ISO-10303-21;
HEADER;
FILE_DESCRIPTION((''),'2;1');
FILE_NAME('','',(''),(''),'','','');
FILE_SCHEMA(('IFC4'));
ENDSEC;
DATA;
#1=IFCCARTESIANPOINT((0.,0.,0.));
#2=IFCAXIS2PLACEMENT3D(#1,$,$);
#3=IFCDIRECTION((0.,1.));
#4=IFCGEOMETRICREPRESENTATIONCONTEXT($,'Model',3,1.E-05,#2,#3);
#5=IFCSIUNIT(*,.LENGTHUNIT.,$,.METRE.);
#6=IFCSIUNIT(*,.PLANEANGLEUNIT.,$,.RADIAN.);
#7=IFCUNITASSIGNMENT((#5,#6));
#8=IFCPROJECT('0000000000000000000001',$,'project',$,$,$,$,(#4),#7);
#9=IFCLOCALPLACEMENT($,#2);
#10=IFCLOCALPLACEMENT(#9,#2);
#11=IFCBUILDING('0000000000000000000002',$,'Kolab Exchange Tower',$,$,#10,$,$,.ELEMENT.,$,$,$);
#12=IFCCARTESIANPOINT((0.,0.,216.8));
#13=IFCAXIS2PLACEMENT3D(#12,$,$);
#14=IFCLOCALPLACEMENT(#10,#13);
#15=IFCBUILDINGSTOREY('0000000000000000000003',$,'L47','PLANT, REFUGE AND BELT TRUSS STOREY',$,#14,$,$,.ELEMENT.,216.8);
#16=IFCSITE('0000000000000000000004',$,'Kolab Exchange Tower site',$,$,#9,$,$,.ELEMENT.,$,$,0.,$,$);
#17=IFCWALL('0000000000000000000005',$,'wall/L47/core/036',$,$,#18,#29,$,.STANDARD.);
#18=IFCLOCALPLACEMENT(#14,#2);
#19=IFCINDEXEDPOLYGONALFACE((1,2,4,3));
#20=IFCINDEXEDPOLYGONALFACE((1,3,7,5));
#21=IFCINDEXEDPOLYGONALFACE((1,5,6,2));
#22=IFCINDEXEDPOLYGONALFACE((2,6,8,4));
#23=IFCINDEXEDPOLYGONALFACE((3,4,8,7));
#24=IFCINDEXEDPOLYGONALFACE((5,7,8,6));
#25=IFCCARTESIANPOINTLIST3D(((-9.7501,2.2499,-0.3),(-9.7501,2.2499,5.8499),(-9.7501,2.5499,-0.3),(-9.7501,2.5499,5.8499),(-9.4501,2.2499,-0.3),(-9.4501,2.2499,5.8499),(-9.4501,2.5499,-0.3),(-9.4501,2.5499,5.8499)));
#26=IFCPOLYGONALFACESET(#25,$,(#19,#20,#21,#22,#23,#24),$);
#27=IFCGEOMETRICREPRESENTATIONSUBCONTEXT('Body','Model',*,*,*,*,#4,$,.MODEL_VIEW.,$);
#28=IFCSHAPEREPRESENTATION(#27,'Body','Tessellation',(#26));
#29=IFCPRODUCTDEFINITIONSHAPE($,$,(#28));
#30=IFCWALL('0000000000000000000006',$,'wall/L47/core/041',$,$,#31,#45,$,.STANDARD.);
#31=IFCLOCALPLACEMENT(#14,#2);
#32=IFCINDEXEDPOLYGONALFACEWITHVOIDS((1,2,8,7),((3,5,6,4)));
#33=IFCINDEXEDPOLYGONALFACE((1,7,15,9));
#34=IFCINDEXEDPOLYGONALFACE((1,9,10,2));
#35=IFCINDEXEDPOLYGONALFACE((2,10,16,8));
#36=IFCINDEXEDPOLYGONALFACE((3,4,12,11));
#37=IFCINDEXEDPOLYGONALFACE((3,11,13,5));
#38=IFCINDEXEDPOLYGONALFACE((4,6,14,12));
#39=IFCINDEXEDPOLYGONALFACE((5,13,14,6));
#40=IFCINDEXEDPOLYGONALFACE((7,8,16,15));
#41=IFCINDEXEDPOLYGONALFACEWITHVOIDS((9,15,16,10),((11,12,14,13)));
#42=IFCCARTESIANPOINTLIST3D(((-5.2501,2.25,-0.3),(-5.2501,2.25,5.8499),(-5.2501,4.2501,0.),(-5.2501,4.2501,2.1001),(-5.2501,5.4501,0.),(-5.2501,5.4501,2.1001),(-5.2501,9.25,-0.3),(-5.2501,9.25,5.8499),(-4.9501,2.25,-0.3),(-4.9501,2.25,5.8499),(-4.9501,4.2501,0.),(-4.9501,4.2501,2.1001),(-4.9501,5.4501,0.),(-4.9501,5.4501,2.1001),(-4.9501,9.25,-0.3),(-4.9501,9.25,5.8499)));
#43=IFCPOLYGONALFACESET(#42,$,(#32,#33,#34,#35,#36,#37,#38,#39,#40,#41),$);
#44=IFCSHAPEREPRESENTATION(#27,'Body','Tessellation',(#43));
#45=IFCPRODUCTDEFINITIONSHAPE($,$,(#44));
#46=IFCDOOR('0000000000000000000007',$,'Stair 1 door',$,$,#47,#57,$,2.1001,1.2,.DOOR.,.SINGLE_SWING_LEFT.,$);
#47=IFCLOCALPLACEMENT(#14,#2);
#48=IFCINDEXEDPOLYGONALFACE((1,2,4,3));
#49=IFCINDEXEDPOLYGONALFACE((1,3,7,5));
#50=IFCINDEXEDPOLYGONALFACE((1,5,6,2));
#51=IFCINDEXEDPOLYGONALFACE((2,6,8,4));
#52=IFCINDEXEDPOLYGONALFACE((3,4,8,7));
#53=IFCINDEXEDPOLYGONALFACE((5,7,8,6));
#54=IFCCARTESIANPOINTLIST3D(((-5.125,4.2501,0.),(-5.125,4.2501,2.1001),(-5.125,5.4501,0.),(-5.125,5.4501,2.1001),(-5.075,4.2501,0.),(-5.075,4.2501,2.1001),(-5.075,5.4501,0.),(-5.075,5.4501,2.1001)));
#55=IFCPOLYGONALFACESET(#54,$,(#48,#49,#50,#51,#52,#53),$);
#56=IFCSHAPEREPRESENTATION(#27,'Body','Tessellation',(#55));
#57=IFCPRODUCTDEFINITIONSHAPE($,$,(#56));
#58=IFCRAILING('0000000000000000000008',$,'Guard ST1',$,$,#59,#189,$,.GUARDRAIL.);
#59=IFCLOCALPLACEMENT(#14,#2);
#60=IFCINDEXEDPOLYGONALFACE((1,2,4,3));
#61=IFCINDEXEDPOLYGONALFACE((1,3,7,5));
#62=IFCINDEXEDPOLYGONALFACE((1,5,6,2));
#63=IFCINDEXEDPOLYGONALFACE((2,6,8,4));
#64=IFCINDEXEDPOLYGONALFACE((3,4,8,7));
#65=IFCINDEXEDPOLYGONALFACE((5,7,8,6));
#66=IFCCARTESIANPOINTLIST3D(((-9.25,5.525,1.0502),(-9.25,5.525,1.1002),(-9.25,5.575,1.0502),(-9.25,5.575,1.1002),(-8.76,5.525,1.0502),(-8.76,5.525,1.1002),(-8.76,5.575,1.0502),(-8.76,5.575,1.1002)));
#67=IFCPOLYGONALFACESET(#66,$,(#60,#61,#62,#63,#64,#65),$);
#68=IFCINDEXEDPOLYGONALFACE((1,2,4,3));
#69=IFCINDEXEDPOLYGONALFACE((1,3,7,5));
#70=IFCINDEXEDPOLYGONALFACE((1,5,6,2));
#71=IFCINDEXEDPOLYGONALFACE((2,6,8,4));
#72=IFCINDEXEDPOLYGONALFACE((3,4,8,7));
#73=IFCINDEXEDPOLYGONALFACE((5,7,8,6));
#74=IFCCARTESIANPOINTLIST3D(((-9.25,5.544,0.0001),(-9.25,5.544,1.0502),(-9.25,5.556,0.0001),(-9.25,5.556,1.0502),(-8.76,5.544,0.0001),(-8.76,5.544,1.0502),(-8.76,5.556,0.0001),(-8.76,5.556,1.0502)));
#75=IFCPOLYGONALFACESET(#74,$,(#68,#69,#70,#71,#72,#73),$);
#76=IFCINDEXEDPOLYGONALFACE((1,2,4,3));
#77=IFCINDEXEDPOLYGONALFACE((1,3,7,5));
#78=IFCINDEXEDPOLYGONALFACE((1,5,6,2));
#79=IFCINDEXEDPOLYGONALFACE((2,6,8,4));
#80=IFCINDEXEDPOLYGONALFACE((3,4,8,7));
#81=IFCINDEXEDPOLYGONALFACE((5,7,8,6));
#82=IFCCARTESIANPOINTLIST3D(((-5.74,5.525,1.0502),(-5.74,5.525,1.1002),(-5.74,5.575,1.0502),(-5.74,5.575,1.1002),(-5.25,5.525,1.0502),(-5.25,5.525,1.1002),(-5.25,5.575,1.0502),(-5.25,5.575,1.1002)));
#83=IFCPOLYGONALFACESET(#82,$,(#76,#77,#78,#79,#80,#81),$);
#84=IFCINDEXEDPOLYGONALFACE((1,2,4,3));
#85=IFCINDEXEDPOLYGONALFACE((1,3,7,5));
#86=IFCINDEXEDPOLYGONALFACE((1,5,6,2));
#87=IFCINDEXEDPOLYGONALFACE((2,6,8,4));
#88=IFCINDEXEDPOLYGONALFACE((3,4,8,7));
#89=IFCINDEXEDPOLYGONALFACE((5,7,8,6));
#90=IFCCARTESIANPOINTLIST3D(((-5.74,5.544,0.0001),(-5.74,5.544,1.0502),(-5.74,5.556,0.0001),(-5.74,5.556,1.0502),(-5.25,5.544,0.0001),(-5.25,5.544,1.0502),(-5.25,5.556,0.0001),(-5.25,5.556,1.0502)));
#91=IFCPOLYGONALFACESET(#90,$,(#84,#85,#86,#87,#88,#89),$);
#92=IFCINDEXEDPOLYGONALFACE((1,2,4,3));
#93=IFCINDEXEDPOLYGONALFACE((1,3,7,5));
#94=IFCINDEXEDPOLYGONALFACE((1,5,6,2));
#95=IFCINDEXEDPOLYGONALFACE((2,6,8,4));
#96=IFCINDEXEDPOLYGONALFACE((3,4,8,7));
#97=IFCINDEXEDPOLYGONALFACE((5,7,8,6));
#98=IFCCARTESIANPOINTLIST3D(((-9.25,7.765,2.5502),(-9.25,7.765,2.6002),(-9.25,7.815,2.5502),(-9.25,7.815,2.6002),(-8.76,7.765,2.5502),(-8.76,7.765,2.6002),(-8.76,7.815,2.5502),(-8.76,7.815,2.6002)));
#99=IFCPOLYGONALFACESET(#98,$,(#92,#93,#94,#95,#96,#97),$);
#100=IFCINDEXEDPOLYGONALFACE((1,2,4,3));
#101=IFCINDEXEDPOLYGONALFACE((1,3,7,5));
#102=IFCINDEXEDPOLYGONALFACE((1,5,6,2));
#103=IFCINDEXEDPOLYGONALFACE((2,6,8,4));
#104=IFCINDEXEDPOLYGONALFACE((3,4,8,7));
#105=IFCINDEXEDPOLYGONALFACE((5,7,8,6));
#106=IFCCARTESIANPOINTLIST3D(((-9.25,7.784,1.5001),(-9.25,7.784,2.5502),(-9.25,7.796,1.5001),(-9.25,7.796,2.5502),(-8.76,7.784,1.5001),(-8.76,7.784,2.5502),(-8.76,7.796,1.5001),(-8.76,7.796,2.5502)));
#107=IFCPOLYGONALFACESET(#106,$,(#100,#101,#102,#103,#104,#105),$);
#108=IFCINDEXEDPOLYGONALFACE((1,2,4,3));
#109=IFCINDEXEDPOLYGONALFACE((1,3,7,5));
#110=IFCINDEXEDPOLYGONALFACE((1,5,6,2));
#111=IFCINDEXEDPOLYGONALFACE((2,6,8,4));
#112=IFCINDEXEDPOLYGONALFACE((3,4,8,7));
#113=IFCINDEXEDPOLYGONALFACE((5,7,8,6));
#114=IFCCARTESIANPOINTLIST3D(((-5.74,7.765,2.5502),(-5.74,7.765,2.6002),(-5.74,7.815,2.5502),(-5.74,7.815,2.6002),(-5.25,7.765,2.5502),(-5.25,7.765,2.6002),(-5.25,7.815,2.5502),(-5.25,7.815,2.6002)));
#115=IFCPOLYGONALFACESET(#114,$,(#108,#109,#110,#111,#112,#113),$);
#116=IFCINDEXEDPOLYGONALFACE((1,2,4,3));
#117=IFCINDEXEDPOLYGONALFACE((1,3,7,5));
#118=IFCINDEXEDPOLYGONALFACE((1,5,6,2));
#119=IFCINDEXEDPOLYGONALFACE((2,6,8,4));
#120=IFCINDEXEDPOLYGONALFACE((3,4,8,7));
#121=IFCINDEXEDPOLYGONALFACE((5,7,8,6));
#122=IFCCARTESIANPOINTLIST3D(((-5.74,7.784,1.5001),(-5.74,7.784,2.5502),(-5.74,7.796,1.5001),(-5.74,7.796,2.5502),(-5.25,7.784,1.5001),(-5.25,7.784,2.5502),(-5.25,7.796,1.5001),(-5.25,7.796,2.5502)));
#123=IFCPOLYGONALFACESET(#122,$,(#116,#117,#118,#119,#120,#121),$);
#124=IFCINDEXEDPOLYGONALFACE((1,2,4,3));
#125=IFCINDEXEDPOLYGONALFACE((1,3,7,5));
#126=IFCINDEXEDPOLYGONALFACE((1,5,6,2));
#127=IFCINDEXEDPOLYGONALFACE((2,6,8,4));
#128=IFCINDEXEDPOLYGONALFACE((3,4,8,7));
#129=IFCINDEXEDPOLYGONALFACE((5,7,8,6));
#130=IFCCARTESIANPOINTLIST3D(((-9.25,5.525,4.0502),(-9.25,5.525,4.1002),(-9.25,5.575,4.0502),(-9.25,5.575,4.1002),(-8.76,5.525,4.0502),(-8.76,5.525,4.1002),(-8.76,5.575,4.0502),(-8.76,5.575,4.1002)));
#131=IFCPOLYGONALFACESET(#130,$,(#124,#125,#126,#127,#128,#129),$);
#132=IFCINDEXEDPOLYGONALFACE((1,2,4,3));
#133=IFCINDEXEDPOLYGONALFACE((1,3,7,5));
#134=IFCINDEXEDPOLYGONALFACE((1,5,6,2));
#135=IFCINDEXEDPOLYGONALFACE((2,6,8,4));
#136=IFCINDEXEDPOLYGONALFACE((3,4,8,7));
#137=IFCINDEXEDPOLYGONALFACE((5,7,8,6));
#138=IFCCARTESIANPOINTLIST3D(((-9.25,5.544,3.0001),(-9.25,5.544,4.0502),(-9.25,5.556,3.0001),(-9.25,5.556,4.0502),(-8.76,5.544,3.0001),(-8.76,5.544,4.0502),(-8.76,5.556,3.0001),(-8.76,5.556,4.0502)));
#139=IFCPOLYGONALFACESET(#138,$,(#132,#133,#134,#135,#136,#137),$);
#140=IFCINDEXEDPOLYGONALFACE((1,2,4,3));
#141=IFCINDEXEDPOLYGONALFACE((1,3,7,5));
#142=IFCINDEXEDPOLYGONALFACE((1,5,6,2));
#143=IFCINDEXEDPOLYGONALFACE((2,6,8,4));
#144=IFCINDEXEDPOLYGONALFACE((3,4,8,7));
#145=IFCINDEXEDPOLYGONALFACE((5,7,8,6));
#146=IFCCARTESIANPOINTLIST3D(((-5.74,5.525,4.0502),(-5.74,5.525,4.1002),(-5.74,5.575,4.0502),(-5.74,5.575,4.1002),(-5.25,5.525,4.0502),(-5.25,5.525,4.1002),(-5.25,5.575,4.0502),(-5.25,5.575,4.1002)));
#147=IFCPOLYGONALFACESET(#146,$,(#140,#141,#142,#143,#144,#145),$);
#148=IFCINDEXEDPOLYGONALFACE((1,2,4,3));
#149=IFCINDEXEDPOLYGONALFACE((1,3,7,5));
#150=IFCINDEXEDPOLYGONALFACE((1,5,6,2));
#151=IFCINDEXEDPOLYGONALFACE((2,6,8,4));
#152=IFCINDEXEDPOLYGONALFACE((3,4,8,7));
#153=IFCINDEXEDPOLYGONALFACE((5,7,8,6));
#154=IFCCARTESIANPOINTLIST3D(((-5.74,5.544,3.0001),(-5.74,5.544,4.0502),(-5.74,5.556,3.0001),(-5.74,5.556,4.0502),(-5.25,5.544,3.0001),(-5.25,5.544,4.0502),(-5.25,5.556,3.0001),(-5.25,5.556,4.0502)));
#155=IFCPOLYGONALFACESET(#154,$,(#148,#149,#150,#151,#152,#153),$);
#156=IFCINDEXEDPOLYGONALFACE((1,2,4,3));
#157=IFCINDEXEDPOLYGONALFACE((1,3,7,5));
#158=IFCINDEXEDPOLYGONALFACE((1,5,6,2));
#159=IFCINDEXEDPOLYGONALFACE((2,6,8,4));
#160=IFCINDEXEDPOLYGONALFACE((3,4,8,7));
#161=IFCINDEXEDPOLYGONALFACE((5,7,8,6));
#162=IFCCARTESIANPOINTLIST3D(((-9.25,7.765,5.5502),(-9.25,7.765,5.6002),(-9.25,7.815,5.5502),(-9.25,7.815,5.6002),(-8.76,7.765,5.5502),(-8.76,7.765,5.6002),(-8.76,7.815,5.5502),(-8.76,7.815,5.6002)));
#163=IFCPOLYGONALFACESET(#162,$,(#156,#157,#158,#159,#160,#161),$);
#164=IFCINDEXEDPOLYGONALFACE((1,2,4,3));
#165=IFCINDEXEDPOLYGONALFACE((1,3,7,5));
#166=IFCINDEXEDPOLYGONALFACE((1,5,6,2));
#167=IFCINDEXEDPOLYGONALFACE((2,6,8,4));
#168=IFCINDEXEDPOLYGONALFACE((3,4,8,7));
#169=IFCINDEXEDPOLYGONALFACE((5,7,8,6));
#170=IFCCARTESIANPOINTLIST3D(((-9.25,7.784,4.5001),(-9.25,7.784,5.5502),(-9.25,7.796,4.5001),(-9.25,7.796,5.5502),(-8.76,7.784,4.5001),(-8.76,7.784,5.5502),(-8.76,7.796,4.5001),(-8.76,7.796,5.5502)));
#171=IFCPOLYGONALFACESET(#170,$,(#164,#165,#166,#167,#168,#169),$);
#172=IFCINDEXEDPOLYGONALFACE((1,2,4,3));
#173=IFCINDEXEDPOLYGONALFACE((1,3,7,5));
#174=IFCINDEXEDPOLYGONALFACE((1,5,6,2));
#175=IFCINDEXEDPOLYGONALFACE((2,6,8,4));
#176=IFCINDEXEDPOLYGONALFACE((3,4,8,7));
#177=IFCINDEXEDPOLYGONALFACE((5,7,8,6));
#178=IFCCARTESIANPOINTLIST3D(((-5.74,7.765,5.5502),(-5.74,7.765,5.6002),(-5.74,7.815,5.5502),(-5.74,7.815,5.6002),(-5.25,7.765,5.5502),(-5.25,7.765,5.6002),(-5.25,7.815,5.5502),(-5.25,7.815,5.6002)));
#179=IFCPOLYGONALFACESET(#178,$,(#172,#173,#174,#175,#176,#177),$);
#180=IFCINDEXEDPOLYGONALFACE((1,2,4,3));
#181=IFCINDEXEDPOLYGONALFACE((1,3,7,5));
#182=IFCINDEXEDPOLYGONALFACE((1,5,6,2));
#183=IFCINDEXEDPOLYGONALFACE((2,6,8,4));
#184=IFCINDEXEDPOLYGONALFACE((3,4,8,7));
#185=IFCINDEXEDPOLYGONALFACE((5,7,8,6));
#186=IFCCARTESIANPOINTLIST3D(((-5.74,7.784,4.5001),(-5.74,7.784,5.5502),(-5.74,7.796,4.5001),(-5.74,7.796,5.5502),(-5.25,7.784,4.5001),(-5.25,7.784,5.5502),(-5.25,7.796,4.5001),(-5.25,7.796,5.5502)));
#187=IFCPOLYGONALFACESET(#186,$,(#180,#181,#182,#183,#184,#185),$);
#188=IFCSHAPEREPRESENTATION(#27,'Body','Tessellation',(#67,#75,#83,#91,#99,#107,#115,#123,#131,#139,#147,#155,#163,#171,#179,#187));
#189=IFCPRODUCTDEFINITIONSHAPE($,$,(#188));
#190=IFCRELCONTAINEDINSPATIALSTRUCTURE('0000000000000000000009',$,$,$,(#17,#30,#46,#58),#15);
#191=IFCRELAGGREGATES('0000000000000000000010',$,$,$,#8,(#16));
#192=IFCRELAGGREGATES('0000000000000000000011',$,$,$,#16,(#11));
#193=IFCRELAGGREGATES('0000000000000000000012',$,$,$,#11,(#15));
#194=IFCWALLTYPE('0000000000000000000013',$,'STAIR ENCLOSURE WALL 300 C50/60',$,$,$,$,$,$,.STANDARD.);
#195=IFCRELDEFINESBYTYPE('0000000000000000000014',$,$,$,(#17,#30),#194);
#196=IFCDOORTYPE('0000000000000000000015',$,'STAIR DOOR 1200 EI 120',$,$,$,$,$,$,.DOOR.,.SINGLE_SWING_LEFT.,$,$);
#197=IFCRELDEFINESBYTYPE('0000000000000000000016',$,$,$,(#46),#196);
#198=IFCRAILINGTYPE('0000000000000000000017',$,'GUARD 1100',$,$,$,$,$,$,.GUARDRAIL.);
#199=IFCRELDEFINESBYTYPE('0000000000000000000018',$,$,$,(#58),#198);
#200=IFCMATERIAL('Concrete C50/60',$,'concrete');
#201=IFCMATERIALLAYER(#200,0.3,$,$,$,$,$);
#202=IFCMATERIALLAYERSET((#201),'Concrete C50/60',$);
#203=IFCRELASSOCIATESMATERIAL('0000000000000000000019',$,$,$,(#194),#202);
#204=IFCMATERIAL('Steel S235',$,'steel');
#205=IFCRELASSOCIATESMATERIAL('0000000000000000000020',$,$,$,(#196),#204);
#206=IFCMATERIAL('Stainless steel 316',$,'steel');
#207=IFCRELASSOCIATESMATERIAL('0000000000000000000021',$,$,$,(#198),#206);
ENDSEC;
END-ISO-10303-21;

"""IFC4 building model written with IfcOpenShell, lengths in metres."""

from ifc_helpers import new_model, si_unit, direction, frame, frame_2d, origin, origin_2d, place, context, subcontext, project, spatial, rectangle, extrude, material, layer, layer_set, type_object, element, fill, save


model = new_model("IFC4")

# Units and contexts
model_context = context("Model", 3, precision=1e-05, world=origin(), true_north=direction((0.0, 1.0)))
body_context = subcontext(model_context, "Body", "Model", "MODEL_VIEW")
ifc_project = project(units=[si_unit("LENGTHUNIT", "METRE"), si_unit("PLANEANGLEUNIT", "RADIAN")], contexts=[model_context])

# Site, building, storey
site_placement = place(None, origin())
site = spatial("IfcSite", under=ifc_project, at=site_placement, Name="Kolab Exchange Tower site", CompositionType="ELEMENT", RefElevation=0.0)
building_placement = place(site_placement, origin())
building = spatial("IfcBuilding", under=site, at=building_placement, Name="Kolab Exchange Tower", CompositionType="ELEMENT")
storey_placement = place(building_placement, frame((0.0, 0.0, 216.8)))
storey = spatial("IfcBuildingStorey", under=building, at=storey_placement, Name="L47", Description="PLANT, REFUGE AND BELT TRUSS STOREY", CompositionType="ELEMENT", Elevation=216.8)

# Shared definitions
ifc_material_1 = material(Name="Steel S235", Category="steel")

# Shared definitions
ifc_material_2 = material(Name="Concrete C50/60", Category="concrete")

# Shared definitions
ifc_layer_1 = layer(ifc_material_2, 0.3)
ifc_layer_set_1 = layer_set([ifc_layer_1], Name="Concrete C50/60")
wall_type_1 = type_object("IfcWallType", Name="STAIR ENCLOSURE WALL 300 C50/60", PredefinedType="STANDARD", material=ifc_layer_set_1)

# Shared definitions
door_type_1 = type_object("IfcDoorType", Name="STAIR DOOR 1200 EI 120", OperationType="SINGLE_SWING_LEFT", PredefinedType="DOOR", material=ifc_material_1)

# Wall
wall_1_placement = place(storey_placement, frame((-9.6001, 2.25, -0.3), z_axis=(0.0, 0.0, 1.0), x_axis=(0.0, 1.0, 0.0)))
element("IfcWall", 1, at=wall_1_placement, inside=storey, type_object=wall_type_1, Name="wall/L47/core/036", PredefinedType="STANDARD", context=body_context, shape_type="SweptSolid", body=[
    extrude(rectangle(XDim=0.3, YDim=0.3, at=frame_2d((0.1499, 0.0))), origin(), (0.0, 0.0, 1.0), 6.1499),
])

# Wall, opening, door
wall_2_placement = place(storey_placement, frame((-5.1001, 2.25, -0.3), z_axis=(0.0, 0.0, 1.0), x_axis=(0.0, 1.0, 0.0)))
wall_2 = element("IfcWall", 2, at=wall_2_placement, inside=storey, type_object=wall_type_1, Name="wall/L47/core/041", PredefinedType="STANDARD", context=body_context, shape_type="SweptSolid", body=[
    extrude(rectangle(XDim=7.0, YDim=0.3, at=frame_2d((3.5, 0.0))), origin(), (0.0, 0.0, 1.0), 6.1499),
])
opening_1_placement = place(wall_2_placement, frame((2.0, 0.0, 0.3)))
opening_1 = element("IfcOpeningElement", 3, at=opening_1_placement, cuts=wall_2, PredefinedType="OPENING", context=body_context, shape_type="SweptSolid", body=[
    extrude(rectangle(XDim=1.2, YDim=2.1001, at=frame_2d((0.6001, 1.05))), frame((0.0, 0.1602, 0.0), z_axis=(0.0, -1.0, 0.0), x_axis=(1.0, 0.0, 0.0)), (0.0, 0.0, 1.0), 0.3201),
])
door_1_placement = place(opening_1_placement, origin())
door_1 = element("IfcDoor", 4, at=door_1_placement, inside=storey, type_object=door_type_1, Name="Stair 1 door", OperationType="SINGLE_SWING_LEFT", OverallHeight=2.1001, OverallWidth=1.2, PredefinedType="DOOR", context=body_context, shape_type="SweptSolid", body=[
    extrude(rectangle(XDim=1.2, YDim=2.1001, at=frame_2d((0.6001, 1.05))), frame((0.0, 0.0249, 0.0), z_axis=(0.0, -1.0, 0.0), x_axis=(1.0, 0.0, 0.0)), (0.0, 0.0, 1.0), 0.05),
])
fill(opening_1, door_1)

# Railing
ifc_material_3 = material(Name="Stainless steel 316", Category="steel")
railing_type = type_object("IfcRailingType", Name="GUARD 1100", PredefinedType="GUARDRAIL", material=ifc_material_3)
railing_1_placement = place(storey_placement, frame((-9.25, 5.55, 0.0)))
element("IfcRailing", 5, at=railing_1_placement, inside=storey, type_object=railing_type, Name="Guard ST1", PredefinedType="GUARDRAIL", context=body_context, shape_type="SweptSolid", body=[
    extrude(rectangle(XDim=0.05, YDim=0.05, at=origin_2d()), frame((0.0, 0.0, 1.0752), z_axis=(1.0, 0.0, 0.0), x_axis=(0.0, 1.0, 0.0)), (0.0, 0.0, 1.0), 0.49),
    extrude(rectangle(XDim=0.012, YDim=1.0501, at=frame_2d((0.0, 0.5251))), frame((0.0, 0.0, 0.0), z_axis=(1.0, 0.0, 0.0), x_axis=(0.0, 1.0, 0.0)), (0.0, 0.0, 1.0), 0.49),
    extrude(rectangle(XDim=0.05, YDim=0.05, at=origin_2d()), frame((3.51, 0.0, 1.0752), z_axis=(1.0, 0.0, 0.0), x_axis=(0.0, 1.0, 0.0)), (0.0, 0.0, 1.0), 0.49),
    extrude(rectangle(XDim=0.012, YDim=1.0501, at=frame_2d((0.0, 0.5251))), frame((3.51, 0.0, 0.0), z_axis=(1.0, 0.0, 0.0), x_axis=(0.0, 1.0, 0.0)), (0.0, 0.0, 1.0), 0.49),
    extrude(rectangle(XDim=0.05, YDim=0.05, at=origin_2d()), frame((0.0, 2.24, 2.5752), z_axis=(1.0, 0.0, 0.0), x_axis=(0.0, 1.0, 0.0)), (0.0, 0.0, 1.0), 0.49),
    extrude(rectangle(XDim=0.012, YDim=1.0501, at=frame_2d((0.0, 0.5251))), frame((0.0, 2.24, 1.5), z_axis=(1.0, 0.0, 0.0), x_axis=(0.0, 1.0, 0.0)), (0.0, 0.0, 1.0), 0.49),
    extrude(rectangle(XDim=0.05, YDim=0.05, at=origin_2d()), frame((3.51, 2.24, 2.5752), z_axis=(1.0, 0.0, 0.0), x_axis=(0.0, 1.0, 0.0)), (0.0, 0.0, 1.0), 0.49),
    extrude(rectangle(XDim=0.012, YDim=1.0501, at=frame_2d((0.0, 0.5251))), frame((3.51, 2.24, 1.5), z_axis=(1.0, 0.0, 0.0), x_axis=(0.0, 1.0, 0.0)), (0.0, 0.0, 1.0), 0.49),
    extrude(rectangle(XDim=0.05, YDim=0.05, at=origin_2d()), frame((0.0, 0.0, 4.0752), z_axis=(1.0, 0.0, 0.0), x_axis=(0.0, 1.0, 0.0)), (0.0, 0.0, 1.0), 0.49),
    extrude(rectangle(XDim=0.012, YDim=1.0501, at=frame_2d((0.0, 0.5251))), frame((0.0, 0.0, 3.0), z_axis=(1.0, 0.0, 0.0), x_axis=(0.0, 1.0, 0.0)), (0.0, 0.0, 1.0), 0.49),
    extrude(rectangle(XDim=0.05, YDim=0.05, at=origin_2d()), frame((3.51, 0.0, 4.0752), z_axis=(1.0, 0.0, 0.0), x_axis=(0.0, 1.0, 0.0)), (0.0, 0.0, 1.0), 0.49),
    extrude(rectangle(XDim=0.012, YDim=1.0501, at=frame_2d((0.0, 0.5251))), frame((3.51, 0.0, 3.0), z_axis=(1.0, 0.0, 0.0), x_axis=(0.0, 1.0, 0.0)), (0.0, 0.0, 1.0), 0.49),
    extrude(rectangle(XDim=0.05, YDim=0.05, at=origin_2d()), frame((0.0, 2.24, 5.5752), z_axis=(1.0, 0.0, 0.0), x_axis=(0.0, 1.0, 0.0)), (0.0, 0.0, 1.0), 0.49),
    extrude(rectangle(XDim=0.012, YDim=1.0501, at=frame_2d((0.0, 0.5251))), frame((0.0, 2.24, 4.5), z_axis=(1.0, 0.0, 0.0), x_axis=(0.0, 1.0, 0.0)), (0.0, 0.0, 1.0), 0.49),
    extrude(rectangle(XDim=0.05, YDim=0.05, at=origin_2d()), frame((3.51, 2.24, 5.5752), z_axis=(1.0, 0.0, 0.0), x_axis=(0.0, 1.0, 0.0)), (0.0, 0.0, 1.0), 0.49),
    extrude(rectangle(XDim=0.012, YDim=1.0501, at=frame_2d((0.0, 0.5251))), frame((3.51, 2.24, 4.5), z_axis=(1.0, 0.0, 0.0), x_axis=(0.0, 1.0, 0.0)), (0.0, 0.0, 1.0), 0.49),
])

save(model, "model.ifc")
